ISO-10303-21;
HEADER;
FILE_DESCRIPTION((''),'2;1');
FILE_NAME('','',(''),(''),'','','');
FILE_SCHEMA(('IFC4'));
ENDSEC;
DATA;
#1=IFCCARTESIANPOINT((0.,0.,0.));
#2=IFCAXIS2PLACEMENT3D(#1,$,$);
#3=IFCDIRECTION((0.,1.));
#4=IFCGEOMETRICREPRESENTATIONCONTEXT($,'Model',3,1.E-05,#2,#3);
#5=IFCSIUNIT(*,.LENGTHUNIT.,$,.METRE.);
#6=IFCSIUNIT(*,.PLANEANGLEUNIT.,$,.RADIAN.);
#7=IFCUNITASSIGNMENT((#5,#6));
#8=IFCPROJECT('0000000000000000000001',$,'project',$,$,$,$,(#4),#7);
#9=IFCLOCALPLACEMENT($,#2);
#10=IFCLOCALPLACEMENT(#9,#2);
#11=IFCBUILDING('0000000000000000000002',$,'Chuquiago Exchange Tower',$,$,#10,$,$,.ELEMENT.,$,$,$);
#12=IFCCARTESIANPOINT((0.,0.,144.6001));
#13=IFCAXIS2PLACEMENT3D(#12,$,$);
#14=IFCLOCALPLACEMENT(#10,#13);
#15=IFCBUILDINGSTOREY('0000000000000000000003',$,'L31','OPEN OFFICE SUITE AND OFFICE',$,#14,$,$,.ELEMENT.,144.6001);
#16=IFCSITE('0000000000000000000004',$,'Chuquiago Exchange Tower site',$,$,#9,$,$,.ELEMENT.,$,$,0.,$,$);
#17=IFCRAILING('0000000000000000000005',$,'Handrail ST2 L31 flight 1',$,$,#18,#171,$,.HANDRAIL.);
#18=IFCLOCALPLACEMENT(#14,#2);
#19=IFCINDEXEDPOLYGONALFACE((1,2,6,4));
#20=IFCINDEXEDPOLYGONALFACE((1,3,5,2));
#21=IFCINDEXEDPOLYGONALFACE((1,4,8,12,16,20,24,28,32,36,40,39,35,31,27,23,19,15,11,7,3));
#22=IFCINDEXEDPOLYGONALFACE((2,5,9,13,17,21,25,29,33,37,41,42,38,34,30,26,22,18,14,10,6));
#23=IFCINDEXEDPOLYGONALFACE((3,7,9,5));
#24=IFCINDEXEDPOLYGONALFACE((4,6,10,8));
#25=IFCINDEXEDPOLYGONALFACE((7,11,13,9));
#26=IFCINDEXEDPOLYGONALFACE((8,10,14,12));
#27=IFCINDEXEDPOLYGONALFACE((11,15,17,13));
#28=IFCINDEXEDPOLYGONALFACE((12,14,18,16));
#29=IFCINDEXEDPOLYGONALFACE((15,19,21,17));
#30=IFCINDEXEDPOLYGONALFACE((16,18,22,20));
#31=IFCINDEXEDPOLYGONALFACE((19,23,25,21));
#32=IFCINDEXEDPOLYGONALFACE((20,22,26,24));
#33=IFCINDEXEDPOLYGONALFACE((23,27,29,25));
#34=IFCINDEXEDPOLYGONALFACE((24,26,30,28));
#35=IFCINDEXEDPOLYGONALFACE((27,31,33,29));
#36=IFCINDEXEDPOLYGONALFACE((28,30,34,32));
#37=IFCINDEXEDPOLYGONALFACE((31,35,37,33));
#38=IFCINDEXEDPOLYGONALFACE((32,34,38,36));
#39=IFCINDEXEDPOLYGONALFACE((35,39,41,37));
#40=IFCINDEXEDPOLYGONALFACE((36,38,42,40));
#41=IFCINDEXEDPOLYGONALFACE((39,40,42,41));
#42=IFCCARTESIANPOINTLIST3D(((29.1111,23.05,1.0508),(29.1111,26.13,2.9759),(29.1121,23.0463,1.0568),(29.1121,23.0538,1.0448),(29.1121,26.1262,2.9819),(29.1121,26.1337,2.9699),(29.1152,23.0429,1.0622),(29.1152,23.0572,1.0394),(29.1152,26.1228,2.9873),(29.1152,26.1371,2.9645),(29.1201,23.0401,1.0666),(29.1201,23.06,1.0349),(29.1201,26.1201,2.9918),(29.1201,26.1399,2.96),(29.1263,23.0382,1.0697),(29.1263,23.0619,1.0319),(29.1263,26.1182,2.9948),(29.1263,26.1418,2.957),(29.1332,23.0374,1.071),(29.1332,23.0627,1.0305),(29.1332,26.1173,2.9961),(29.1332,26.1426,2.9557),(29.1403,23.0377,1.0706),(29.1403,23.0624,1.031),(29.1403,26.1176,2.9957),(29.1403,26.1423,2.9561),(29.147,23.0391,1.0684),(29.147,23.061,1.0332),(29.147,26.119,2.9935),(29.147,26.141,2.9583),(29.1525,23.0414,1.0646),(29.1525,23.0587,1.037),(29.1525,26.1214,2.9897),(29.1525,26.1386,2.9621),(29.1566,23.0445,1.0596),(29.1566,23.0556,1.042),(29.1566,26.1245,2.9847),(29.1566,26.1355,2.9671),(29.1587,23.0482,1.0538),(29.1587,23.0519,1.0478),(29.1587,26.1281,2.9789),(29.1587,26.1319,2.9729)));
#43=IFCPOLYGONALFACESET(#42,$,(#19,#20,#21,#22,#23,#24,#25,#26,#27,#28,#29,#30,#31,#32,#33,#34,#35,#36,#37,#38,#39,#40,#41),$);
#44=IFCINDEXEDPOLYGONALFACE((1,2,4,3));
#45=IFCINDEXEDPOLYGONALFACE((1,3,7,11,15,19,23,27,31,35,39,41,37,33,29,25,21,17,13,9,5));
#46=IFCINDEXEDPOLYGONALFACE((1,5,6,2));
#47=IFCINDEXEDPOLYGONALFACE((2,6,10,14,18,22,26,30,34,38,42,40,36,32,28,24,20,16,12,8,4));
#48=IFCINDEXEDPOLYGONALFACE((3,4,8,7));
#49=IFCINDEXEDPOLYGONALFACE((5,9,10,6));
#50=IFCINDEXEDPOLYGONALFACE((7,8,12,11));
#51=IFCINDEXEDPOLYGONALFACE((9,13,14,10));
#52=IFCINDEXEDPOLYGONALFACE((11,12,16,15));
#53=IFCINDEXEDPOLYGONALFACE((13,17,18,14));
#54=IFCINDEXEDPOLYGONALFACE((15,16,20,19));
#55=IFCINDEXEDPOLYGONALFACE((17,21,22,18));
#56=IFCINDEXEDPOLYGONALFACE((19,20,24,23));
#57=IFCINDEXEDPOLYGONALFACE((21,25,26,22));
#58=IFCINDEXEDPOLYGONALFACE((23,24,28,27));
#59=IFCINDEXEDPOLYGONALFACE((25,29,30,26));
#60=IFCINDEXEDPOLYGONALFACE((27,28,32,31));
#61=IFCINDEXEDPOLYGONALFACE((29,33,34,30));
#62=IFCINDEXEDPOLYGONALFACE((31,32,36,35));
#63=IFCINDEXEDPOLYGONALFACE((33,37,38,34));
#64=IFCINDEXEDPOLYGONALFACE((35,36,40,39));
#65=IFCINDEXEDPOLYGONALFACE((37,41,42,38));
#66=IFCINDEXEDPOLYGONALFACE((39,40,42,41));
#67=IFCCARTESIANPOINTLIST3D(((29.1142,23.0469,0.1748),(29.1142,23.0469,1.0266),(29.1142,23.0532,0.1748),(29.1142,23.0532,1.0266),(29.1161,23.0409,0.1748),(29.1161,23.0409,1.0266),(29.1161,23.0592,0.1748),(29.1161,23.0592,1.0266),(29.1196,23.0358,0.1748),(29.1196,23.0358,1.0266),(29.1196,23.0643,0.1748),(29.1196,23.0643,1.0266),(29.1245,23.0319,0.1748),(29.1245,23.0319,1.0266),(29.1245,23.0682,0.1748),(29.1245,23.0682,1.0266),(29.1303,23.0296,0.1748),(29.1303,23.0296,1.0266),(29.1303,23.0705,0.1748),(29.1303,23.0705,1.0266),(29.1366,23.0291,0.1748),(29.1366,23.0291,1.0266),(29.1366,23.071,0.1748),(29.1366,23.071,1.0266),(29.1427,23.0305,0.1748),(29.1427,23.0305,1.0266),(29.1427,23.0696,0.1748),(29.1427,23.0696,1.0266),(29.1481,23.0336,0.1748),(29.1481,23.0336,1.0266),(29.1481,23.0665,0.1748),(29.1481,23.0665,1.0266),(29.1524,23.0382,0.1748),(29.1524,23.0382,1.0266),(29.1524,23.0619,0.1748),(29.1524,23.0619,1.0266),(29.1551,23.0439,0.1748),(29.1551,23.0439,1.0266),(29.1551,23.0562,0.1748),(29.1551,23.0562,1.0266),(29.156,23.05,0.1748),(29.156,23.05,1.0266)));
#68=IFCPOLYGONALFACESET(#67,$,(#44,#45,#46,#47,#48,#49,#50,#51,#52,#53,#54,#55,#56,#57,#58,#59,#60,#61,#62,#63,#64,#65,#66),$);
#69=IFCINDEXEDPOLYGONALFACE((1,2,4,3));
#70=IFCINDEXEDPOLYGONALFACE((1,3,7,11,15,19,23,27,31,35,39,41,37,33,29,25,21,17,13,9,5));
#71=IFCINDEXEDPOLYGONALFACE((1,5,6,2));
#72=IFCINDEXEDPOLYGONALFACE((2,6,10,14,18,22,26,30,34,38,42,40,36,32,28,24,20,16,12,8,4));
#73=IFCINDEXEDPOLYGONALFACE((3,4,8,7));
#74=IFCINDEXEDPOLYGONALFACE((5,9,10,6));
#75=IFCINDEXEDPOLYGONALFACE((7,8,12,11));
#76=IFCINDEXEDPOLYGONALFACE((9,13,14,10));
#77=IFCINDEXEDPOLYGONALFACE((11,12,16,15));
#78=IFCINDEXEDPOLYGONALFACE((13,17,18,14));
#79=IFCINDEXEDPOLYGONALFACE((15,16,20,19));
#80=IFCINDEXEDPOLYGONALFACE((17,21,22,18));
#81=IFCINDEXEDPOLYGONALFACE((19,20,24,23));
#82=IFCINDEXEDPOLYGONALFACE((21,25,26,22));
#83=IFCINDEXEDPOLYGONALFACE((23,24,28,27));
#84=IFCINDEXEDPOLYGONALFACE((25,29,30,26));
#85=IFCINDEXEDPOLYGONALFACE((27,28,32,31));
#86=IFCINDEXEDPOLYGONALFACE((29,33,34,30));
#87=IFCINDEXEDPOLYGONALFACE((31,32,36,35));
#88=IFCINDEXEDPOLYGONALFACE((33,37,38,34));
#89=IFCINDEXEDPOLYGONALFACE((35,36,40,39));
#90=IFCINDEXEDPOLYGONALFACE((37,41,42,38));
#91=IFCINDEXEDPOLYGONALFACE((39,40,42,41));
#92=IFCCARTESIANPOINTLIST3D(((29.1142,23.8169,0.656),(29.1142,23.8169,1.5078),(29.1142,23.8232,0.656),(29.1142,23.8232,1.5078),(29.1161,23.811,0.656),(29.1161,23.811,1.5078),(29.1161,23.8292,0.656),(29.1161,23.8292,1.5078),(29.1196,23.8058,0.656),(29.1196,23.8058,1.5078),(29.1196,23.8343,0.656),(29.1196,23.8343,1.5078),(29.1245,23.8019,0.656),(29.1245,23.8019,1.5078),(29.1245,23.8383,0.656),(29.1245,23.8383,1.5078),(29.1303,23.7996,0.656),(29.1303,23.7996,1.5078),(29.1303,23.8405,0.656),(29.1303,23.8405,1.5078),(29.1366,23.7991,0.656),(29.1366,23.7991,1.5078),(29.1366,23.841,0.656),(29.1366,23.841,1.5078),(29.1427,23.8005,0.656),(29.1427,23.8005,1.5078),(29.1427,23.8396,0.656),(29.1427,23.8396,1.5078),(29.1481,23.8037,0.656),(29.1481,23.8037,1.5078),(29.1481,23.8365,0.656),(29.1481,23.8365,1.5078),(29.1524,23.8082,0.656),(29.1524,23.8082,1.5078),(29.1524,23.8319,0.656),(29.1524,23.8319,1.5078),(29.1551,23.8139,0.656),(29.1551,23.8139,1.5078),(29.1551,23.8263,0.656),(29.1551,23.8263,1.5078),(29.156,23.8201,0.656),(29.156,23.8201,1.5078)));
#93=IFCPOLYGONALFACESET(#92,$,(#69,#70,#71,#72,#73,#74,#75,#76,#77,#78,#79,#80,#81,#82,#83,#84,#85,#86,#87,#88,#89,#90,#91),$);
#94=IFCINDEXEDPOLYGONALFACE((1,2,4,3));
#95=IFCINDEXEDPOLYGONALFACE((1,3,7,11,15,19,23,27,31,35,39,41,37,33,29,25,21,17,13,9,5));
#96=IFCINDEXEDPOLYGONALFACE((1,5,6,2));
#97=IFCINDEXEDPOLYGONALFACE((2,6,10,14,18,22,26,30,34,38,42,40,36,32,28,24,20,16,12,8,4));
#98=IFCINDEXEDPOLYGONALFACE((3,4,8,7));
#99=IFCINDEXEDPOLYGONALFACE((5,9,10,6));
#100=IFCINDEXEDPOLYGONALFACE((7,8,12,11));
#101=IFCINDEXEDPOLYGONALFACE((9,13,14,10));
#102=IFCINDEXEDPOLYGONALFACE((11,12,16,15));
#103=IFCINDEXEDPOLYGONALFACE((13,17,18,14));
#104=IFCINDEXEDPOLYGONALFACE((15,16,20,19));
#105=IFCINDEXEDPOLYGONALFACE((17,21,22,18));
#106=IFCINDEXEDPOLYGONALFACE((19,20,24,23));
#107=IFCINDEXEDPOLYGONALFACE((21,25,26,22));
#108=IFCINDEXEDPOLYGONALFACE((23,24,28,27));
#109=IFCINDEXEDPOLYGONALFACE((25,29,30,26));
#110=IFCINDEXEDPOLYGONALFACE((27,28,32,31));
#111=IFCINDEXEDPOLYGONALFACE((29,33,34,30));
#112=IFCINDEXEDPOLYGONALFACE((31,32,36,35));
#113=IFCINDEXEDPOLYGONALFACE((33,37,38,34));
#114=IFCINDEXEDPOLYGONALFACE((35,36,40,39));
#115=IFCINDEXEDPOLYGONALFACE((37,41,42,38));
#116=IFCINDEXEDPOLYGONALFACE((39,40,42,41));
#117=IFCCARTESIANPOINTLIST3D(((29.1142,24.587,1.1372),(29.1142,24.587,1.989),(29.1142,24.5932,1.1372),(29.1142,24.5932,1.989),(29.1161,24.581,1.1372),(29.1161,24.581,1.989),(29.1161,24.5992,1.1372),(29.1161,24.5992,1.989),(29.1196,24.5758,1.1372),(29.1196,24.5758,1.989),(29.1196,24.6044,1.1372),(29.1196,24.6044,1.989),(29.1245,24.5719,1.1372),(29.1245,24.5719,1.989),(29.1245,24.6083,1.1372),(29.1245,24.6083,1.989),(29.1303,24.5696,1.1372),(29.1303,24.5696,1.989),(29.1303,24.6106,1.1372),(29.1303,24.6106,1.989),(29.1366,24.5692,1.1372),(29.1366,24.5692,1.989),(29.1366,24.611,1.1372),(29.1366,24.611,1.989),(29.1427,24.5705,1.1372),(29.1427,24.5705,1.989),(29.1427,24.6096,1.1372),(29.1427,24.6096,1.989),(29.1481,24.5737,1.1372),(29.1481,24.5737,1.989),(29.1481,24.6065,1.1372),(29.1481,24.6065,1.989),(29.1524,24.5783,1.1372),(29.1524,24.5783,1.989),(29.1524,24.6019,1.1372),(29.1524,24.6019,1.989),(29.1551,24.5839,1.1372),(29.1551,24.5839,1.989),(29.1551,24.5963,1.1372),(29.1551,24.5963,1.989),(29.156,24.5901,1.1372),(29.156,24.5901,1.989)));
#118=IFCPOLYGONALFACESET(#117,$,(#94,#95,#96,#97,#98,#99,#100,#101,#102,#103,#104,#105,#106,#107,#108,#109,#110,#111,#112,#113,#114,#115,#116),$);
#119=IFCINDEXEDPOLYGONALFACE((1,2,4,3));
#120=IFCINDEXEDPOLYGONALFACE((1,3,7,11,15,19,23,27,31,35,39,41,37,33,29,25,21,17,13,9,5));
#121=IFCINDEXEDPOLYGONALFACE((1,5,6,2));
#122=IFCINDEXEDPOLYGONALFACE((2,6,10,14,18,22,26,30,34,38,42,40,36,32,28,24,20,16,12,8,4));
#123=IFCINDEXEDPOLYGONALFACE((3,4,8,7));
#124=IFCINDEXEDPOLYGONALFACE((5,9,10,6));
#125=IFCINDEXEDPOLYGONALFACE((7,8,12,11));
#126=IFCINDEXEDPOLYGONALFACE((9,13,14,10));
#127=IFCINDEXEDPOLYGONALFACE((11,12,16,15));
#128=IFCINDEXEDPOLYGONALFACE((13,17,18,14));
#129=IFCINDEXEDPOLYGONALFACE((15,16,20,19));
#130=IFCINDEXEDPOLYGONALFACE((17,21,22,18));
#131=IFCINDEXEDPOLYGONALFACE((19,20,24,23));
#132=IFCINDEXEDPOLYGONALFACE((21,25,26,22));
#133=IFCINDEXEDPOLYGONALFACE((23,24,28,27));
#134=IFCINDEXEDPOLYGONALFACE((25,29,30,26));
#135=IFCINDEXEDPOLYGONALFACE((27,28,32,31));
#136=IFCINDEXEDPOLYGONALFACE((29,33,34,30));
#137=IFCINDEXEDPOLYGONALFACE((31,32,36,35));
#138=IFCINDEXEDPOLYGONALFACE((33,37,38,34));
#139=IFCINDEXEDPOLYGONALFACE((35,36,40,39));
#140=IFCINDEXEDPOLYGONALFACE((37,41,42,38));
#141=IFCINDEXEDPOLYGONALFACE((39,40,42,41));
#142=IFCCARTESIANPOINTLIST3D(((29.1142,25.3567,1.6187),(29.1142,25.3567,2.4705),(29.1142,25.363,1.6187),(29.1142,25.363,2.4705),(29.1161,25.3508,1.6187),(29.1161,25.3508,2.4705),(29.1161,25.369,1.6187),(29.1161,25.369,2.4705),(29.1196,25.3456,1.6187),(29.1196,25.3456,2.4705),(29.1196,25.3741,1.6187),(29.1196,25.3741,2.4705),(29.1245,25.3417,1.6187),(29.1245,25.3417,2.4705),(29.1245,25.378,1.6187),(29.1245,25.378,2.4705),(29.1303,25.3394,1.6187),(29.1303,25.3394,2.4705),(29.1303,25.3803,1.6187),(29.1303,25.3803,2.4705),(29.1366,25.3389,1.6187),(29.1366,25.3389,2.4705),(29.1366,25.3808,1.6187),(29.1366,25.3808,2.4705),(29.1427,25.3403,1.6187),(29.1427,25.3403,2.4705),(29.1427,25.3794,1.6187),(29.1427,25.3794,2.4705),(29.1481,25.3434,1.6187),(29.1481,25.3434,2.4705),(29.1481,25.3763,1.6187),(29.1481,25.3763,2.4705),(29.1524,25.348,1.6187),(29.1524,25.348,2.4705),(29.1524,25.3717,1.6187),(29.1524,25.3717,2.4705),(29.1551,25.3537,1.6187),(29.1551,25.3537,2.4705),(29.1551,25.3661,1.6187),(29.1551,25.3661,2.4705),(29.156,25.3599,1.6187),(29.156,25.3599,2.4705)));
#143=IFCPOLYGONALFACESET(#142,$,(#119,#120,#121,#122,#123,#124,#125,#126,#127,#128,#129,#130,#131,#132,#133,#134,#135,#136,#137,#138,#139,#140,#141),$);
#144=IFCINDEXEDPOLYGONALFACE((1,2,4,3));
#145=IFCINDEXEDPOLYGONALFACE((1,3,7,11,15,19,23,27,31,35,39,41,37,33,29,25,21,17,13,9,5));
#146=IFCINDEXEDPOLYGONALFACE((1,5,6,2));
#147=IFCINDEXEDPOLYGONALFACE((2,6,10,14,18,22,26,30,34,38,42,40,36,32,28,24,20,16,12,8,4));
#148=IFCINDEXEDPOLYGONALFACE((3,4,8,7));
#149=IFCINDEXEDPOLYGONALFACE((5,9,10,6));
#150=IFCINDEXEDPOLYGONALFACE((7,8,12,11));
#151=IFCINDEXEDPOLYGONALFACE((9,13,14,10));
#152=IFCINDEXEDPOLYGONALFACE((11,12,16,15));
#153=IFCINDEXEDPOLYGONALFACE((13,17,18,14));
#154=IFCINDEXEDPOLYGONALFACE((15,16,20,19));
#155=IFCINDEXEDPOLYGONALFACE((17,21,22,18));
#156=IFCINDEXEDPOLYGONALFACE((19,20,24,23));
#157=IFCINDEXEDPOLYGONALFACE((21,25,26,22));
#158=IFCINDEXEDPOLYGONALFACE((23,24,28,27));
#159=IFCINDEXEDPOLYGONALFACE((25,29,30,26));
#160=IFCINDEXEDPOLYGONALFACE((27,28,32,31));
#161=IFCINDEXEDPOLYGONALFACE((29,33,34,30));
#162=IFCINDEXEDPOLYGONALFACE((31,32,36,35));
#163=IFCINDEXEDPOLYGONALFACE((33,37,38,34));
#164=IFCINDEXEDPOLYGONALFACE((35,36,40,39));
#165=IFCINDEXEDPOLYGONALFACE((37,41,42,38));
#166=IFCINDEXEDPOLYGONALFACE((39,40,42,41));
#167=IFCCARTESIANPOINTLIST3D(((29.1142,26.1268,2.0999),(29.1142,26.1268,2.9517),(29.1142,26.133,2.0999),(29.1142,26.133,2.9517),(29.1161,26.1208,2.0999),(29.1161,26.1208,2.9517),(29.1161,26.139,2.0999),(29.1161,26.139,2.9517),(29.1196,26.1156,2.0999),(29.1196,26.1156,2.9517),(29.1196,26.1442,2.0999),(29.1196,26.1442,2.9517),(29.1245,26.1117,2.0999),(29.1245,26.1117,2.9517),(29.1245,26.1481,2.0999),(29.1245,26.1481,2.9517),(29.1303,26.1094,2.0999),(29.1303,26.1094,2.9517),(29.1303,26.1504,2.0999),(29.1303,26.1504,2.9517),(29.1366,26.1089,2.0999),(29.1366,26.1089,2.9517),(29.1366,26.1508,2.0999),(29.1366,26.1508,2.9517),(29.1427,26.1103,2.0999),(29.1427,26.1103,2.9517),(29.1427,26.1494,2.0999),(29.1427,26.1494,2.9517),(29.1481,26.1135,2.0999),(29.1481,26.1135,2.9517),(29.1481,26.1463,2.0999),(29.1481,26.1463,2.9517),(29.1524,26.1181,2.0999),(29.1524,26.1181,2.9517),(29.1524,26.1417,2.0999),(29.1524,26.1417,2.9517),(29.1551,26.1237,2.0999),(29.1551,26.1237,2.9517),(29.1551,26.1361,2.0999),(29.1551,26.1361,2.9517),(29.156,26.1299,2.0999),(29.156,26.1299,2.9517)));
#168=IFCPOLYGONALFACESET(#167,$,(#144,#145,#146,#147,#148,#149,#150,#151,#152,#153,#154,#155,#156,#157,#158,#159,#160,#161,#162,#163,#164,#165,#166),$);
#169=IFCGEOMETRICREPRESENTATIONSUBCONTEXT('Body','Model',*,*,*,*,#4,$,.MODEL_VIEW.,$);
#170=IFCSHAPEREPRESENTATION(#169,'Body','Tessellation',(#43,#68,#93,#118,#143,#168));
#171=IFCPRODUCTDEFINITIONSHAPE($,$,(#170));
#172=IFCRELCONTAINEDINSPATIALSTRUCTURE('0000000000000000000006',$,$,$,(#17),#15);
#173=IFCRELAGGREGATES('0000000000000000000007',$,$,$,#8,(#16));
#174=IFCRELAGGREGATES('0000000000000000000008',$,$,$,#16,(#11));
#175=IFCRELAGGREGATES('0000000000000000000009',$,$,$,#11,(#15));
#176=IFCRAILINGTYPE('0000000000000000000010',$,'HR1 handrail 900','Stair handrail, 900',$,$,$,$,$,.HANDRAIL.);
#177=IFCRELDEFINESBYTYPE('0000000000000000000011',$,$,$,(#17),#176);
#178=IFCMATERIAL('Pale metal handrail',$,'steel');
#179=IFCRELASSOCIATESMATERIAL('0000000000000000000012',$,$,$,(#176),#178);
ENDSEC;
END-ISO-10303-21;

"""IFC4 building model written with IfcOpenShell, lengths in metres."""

from ifc_helpers import new_model, si_unit, direction, frame, origin, origin_2d, place, context, subcontext, project, spatial, circle, extrude, material, type_object, element, save


model = new_model("IFC4")

# Units and contexts
model_context = context("Model", 3, precision=1e-05, world=origin(), true_north=direction((0.0, 1.0)))
body_context = subcontext(model_context, "Body", "Model", "MODEL_VIEW")
ifc_project = project(units=[si_unit("LENGTHUNIT", "METRE"), si_unit("PLANEANGLEUNIT", "RADIAN")], contexts=[model_context])

# Site, building, storey
site_placement = place(None, origin())
site = spatial("IfcSite", under=ifc_project, at=site_placement, Name="Chuquiago Exchange Tower site", CompositionType="ELEMENT", RefElevation=0.0)
building_placement = place(site_placement, origin())
building = spatial("IfcBuilding", under=site, at=building_placement, Name="Chuquiago Exchange Tower", CompositionType="ELEMENT")
storey_placement = place(building_placement, frame((0.0, 0.0, 144.6001)))
storey = spatial("IfcBuildingStorey", under=building, at=storey_placement, Name="L31", Description="OPEN OFFICE SUITE AND OFFICE", CompositionType="ELEMENT", Elevation=144.6001)

# Railing
ifc_material_1 = material(Name="Pale metal handrail", Category="steel")
railing_type_1 = type_object("IfcRailingType", Name="HR1 handrail 900", Description="Stair handrail, 900", PredefinedType="HANDRAIL", material=ifc_material_1)
railing_1_placement = place(storey_placement, frame((29.135, 23.05, 0.1748)))
element("IfcRailing", 1, at=railing_1_placement, inside=storey, type_object=railing_type_1, Name="Handrail ST2 L31 flight 1", PredefinedType="HANDRAIL", context=body_context, shape_type="SweptSolid", body=[
    extrude(circle(Radius=0.0239, at=origin_2d()), frame((0.0, 0.0, 0.876), z_axis=(0.0, 0.847979, 0.530029), x_axis=(-1.0, 0.0, 0.0)), (0.0, 0.0, 1.0), 3.6321),
    extrude(circle(Radius=0.021, at=origin_2d()), origin(), (0.0, 0.0, 1.0), 0.8518),
    extrude(circle(Radius=0.021, at=origin_2d()), frame((0.0, 0.77, 0.4812)), (0.0, 0.0, 1.0), 0.8518),
    extrude(circle(Radius=0.021, at=origin_2d()), frame((0.0, 1.54, 0.9624)), (0.0, 0.0, 1.0), 0.8518),
    extrude(circle(Radius=0.021, at=origin_2d()), frame((0.0, 2.3098, 1.4438)), (0.0, 0.0, 1.0), 0.8518),
    extrude(circle(Radius=0.021, at=origin_2d()), frame((0.0, 3.0798, 1.925)), (0.0, 0.0, 1.0), 0.8518),
])

save(model, "model.ifc")
